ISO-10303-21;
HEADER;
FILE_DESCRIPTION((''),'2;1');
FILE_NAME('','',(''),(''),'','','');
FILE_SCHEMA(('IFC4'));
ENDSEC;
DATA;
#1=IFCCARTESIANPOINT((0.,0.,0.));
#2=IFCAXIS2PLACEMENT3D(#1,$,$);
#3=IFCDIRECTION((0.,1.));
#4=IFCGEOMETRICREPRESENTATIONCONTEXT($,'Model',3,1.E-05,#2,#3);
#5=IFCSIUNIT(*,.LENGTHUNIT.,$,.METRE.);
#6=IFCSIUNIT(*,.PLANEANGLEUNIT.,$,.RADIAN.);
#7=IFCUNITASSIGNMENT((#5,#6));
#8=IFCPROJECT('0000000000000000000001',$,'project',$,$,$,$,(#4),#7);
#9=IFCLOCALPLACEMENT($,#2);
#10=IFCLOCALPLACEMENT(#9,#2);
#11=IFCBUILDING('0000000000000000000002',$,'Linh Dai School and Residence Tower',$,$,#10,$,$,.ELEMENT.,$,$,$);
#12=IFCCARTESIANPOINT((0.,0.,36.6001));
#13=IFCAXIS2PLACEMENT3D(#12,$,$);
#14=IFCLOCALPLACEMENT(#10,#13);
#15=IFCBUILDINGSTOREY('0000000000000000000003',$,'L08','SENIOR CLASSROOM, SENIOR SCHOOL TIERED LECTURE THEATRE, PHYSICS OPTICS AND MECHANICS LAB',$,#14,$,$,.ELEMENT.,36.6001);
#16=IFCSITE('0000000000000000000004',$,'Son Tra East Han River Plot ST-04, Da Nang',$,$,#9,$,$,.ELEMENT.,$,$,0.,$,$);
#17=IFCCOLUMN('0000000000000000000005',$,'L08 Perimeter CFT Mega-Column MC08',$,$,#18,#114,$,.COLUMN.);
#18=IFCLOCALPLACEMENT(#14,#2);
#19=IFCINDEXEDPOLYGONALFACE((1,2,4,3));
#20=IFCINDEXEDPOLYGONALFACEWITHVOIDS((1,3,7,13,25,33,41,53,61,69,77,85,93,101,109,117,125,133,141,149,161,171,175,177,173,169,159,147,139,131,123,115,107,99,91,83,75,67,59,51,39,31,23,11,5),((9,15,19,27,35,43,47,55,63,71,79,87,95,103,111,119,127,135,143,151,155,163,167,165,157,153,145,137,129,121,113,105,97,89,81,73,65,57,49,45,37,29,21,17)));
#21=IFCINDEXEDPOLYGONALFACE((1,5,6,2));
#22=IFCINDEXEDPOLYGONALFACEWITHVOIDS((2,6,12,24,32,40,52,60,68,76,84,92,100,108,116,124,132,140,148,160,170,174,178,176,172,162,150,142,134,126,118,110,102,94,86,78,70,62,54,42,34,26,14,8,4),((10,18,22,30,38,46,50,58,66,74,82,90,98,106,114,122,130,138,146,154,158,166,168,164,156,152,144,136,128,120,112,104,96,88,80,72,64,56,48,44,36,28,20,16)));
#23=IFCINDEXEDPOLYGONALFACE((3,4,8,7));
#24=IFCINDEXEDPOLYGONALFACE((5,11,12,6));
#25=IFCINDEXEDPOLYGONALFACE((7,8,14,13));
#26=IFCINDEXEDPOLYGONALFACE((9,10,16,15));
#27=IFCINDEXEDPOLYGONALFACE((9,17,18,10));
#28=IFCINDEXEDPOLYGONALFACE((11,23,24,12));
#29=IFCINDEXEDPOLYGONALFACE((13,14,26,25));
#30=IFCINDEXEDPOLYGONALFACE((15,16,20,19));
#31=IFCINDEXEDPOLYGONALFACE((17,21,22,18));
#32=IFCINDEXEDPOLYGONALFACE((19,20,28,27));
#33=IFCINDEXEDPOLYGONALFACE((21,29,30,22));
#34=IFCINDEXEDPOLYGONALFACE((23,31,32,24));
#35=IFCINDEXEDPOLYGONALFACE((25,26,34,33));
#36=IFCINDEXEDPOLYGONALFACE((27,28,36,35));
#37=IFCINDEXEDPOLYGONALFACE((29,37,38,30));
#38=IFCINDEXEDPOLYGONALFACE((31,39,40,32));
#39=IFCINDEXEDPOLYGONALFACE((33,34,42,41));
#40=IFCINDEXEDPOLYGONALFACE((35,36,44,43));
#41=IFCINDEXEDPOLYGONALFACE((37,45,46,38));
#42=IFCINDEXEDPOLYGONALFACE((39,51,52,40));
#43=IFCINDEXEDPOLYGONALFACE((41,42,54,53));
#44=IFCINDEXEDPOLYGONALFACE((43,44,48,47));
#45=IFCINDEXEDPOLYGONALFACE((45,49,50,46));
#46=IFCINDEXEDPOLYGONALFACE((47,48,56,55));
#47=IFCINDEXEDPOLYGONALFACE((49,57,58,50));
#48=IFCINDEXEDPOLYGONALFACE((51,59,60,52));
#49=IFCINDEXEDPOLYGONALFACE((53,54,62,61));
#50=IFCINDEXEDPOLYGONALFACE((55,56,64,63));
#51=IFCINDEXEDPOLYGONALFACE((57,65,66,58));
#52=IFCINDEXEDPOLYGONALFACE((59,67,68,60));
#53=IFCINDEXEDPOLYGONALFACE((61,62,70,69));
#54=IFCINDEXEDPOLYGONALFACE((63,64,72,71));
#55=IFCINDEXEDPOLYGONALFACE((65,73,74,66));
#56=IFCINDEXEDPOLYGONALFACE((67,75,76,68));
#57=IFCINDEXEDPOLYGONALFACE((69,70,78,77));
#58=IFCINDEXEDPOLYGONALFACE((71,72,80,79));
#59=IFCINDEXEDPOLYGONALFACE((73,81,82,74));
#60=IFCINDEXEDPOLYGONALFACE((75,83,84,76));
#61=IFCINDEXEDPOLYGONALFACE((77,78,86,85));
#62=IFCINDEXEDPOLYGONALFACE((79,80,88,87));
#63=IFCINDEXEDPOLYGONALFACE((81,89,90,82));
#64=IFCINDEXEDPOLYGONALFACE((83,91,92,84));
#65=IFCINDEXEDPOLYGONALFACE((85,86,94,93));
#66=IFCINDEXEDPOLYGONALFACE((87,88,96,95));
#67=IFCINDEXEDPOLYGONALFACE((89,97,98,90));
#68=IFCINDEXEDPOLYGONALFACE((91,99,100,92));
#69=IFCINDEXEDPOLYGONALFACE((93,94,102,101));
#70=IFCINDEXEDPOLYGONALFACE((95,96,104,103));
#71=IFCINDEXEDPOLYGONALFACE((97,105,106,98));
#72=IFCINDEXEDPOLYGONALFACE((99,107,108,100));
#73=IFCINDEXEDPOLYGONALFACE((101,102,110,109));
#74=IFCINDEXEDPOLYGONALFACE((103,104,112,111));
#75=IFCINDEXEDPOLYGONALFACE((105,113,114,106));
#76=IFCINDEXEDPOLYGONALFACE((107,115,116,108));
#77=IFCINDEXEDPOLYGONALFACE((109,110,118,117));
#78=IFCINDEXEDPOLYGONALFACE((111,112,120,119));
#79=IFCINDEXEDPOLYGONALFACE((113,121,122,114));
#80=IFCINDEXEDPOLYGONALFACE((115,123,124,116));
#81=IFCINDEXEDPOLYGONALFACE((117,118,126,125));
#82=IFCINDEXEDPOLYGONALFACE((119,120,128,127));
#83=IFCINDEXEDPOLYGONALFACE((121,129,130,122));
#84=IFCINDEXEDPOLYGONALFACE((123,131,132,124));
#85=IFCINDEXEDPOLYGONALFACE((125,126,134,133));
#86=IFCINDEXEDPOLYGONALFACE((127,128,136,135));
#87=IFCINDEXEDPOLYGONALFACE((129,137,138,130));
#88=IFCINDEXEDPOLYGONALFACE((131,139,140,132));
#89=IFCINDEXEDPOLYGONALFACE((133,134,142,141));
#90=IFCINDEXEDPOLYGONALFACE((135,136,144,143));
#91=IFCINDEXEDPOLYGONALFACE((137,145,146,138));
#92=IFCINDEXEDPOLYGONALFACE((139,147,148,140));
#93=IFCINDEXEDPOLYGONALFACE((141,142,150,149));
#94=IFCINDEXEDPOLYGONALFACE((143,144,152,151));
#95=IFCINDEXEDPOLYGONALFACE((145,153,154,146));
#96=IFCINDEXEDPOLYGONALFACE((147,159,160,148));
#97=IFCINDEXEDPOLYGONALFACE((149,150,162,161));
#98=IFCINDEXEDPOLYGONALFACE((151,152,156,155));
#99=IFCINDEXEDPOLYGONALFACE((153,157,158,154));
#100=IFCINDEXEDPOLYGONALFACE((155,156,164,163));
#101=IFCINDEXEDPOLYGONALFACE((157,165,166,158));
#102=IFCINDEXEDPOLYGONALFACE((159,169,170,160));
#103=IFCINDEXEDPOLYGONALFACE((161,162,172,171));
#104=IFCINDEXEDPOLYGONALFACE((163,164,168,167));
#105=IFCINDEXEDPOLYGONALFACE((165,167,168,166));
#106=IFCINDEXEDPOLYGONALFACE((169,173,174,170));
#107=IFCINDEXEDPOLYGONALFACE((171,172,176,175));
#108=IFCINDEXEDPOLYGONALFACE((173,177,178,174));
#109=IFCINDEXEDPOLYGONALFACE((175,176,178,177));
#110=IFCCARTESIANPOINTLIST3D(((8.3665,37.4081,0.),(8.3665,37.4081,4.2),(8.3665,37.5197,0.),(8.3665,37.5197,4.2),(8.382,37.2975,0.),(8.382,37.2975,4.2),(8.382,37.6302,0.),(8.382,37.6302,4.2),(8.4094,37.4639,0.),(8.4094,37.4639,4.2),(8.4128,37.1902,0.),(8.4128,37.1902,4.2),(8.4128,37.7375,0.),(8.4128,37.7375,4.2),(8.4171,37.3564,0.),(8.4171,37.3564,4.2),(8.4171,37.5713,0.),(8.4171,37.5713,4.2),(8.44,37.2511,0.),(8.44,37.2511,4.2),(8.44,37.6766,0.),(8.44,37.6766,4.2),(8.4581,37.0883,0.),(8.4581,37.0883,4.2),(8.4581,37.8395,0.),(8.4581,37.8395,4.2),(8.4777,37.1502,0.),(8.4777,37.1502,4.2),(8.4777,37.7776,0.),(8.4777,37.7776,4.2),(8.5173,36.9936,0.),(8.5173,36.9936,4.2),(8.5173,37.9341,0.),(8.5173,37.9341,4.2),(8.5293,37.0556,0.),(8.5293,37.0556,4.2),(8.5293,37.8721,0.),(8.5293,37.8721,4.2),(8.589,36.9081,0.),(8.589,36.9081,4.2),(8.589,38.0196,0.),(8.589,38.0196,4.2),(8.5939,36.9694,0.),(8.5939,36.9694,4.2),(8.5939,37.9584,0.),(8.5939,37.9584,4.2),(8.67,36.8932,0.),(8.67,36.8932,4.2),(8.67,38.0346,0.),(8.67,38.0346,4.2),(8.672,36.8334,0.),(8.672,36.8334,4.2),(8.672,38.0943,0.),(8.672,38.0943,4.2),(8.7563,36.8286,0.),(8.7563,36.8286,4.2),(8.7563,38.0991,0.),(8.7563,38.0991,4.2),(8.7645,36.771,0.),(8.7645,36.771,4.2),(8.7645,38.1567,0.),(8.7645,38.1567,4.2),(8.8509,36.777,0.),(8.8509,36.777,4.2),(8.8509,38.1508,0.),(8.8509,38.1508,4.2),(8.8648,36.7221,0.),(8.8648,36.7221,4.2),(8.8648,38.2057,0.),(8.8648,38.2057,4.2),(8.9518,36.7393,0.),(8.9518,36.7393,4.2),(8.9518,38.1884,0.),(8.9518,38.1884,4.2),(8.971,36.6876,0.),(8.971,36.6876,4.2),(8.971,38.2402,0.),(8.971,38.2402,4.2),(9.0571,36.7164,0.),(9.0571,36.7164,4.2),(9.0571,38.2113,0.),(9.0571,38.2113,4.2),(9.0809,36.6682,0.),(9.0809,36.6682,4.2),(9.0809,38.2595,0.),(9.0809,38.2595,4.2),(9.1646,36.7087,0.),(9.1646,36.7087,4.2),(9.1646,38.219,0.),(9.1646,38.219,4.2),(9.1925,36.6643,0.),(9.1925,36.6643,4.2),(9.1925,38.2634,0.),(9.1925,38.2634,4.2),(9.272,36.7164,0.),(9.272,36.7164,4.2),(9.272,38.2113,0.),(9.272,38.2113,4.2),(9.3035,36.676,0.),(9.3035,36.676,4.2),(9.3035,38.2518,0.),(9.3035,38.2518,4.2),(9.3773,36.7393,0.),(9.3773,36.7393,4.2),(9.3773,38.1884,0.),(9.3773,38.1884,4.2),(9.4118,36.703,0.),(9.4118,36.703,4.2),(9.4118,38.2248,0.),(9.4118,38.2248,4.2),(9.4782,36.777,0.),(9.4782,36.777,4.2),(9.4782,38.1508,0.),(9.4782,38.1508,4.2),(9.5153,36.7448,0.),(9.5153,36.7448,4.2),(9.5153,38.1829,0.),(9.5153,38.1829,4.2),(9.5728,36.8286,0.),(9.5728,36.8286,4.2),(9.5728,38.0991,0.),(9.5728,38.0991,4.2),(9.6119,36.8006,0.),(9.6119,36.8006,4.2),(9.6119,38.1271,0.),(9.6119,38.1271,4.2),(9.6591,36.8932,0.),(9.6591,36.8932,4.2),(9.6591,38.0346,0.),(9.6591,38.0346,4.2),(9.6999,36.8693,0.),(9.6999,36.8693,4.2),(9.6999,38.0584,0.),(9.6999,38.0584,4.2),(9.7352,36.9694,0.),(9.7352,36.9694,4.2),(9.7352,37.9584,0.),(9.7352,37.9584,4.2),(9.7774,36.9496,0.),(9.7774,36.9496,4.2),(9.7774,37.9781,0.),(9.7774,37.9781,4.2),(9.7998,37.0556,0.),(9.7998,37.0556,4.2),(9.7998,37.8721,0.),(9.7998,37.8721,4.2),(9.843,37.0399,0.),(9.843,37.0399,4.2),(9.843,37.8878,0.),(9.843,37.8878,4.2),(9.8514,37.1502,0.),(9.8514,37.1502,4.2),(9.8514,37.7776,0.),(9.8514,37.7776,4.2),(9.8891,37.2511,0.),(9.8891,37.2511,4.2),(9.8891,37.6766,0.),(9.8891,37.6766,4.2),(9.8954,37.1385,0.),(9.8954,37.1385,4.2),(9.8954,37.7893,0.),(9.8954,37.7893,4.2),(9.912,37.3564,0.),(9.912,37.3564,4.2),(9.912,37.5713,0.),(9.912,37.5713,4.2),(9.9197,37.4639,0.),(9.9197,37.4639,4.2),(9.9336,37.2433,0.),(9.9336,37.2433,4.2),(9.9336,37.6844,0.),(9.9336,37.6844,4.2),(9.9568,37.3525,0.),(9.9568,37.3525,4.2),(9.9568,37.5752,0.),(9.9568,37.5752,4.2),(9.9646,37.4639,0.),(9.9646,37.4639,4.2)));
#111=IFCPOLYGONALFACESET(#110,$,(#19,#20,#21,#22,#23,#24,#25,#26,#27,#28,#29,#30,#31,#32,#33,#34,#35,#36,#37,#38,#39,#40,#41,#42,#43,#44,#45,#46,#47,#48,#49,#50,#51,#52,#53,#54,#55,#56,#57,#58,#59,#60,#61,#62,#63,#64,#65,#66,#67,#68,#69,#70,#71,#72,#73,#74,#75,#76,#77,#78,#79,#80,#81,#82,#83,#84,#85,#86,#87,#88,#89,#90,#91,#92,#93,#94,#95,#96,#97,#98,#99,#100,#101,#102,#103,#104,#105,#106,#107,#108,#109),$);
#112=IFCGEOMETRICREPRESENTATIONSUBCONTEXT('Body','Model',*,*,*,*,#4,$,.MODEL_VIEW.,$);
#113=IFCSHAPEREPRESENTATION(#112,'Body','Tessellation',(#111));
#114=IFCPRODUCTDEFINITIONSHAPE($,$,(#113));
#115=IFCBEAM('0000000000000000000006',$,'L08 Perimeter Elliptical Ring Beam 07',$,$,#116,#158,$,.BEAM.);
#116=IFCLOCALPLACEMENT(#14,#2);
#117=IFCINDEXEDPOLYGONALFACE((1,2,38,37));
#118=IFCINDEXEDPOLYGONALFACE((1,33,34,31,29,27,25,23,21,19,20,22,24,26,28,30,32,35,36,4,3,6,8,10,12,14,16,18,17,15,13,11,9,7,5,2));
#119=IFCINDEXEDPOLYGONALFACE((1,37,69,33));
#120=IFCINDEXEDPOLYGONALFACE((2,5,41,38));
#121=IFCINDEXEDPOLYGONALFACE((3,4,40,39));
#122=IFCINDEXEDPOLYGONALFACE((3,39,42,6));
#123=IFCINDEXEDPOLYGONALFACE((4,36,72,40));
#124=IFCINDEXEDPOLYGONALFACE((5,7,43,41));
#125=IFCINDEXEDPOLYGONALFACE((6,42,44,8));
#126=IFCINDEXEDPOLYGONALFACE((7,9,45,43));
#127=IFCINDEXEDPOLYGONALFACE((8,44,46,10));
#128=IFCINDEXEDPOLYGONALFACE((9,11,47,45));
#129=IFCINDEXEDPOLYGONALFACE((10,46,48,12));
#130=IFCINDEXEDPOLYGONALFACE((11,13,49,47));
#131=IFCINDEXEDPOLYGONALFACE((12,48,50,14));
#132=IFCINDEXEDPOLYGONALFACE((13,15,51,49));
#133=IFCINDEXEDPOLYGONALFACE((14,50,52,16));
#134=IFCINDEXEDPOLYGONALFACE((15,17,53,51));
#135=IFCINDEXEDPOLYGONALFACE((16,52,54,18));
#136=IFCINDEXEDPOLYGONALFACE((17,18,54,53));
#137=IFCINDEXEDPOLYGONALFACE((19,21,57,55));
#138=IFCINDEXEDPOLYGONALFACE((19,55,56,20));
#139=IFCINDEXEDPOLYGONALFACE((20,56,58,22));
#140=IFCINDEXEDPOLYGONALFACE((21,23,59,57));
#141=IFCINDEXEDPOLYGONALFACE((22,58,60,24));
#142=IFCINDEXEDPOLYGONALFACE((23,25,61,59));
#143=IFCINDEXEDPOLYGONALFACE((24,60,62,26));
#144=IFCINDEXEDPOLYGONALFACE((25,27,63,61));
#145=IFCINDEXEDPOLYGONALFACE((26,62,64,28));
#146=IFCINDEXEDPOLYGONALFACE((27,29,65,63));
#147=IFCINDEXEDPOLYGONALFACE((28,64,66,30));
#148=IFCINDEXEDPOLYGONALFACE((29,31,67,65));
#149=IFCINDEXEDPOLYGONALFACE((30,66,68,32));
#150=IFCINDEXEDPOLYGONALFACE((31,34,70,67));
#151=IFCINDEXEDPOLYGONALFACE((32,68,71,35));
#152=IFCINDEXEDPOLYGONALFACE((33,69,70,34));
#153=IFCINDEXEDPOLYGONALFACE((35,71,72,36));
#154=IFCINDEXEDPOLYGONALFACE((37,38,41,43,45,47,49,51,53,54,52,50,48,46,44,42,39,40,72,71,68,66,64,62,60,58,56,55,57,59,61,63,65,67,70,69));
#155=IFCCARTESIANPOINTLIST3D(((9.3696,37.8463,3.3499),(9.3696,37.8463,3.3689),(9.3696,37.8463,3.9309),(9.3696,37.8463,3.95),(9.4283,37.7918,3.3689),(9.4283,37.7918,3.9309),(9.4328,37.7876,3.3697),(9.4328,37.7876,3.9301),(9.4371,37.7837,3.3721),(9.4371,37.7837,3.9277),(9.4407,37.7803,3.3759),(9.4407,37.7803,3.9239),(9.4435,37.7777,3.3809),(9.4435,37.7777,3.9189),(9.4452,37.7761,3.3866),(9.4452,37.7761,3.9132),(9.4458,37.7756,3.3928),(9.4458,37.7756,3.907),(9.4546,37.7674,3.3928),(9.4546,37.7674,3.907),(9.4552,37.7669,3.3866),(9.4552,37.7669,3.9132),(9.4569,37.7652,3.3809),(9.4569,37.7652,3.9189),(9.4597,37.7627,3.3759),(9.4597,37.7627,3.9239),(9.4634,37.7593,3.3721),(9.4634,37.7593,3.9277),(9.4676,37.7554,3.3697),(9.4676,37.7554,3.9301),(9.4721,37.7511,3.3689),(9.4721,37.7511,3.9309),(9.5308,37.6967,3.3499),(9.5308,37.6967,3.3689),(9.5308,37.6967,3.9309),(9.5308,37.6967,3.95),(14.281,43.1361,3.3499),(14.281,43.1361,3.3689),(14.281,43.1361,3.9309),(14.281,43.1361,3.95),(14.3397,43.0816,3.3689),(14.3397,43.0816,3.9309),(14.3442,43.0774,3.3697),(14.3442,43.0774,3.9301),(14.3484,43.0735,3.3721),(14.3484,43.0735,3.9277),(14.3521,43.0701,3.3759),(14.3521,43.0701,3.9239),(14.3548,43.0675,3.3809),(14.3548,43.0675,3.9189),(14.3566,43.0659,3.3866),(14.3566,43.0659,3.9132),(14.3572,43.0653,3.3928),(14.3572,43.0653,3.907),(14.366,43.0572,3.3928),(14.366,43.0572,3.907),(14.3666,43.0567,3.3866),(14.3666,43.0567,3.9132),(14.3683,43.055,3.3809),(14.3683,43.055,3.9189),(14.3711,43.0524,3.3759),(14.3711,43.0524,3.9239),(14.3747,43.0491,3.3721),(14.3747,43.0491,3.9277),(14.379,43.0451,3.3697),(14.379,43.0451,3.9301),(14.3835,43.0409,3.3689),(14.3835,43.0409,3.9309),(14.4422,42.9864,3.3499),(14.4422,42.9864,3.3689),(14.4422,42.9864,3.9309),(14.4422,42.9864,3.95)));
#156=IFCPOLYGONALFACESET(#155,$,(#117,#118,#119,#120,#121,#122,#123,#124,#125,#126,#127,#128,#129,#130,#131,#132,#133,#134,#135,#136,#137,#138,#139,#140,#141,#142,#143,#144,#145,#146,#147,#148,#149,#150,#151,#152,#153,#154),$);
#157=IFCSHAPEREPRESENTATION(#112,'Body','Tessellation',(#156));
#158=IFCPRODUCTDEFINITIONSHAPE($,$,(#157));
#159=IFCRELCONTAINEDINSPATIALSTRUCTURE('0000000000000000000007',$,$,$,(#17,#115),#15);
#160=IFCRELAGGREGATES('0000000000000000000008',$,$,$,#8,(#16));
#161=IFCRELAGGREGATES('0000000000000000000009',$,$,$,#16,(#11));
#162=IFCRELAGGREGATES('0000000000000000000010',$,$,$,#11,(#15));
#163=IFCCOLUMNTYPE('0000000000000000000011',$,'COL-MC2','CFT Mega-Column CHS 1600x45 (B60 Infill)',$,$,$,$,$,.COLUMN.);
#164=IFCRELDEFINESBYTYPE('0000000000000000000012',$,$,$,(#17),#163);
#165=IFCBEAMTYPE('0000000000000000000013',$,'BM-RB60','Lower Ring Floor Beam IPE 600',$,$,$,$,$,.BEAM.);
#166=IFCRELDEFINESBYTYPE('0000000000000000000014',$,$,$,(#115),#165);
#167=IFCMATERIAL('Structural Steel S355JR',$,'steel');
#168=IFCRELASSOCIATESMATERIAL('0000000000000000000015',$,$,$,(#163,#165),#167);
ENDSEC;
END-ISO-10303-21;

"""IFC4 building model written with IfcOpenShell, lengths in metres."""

from ifc_helpers import new_model, si_unit, direction, frame, origin, origin_2d, place, context, subcontext, project, spatial, hollow_circle, i_section, extrude, material, material_profile, profile_set, type_object, element, save


model = new_model("IFC4")

# Units and contexts
model_context = context("Model", 3, precision=1e-05, world=origin(), true_north=direction((0.0, 1.0)))
body_context = subcontext(model_context, "Body", "Model", "MODEL_VIEW")
ifc_project = project(units=[si_unit("LENGTHUNIT", "METRE"), si_unit("PLANEANGLEUNIT", "RADIAN")], contexts=[model_context])

# Site, building, storey
site_placement = place(None, origin())
site = spatial("IfcSite", under=ifc_project, at=site_placement, Name="Son Tra East Han River Plot ST-04, Da Nang", CompositionType="ELEMENT", RefElevation=0.0)
building_placement = place(site_placement, origin())
building = spatial("IfcBuilding", under=site, at=building_placement, Name="Linh Dai School and Residence Tower", CompositionType="ELEMENT")
storey_placement = place(building_placement, frame((0.0, 0.0, 36.6001)))
storey = spatial("IfcBuildingStorey", under=building, at=storey_placement, Name="L08", Description="SENIOR CLASSROOM, SENIOR SCHOOL TIERED LECTURE THEATRE, PHYSICS OPTICS AND MECHANICS LAB", CompositionType="ELEMENT", Elevation=36.6001)

# Column
ifc_material_1 = material(Name="Structural Steel S355JR", Category="steel")
ifc_material_profile_1 = material_profile(ifc_material_1, hollow_circle(Radius=0.8, WallThickness=0.0449, at=origin_2d()), Name="CHS 1600x45")
ifc_profile_set_1 = profile_set([ifc_material_profile_1], Name="Structural Steel S355JR")
column_type = type_object("IfcColumnType", Name="COL-MC2", Description="CFT Mega-Column CHS 1600x45 (B60 Infill)", PredefinedType="COLUMN", material=ifc_profile_set_1)
for number, where, z_axis, x_axis, name in (
    (1, (9.1646, 37.4639, 0.0), (0.0, 0.0, 1.0), (1.0, 0.0, 0.0), "L08 Perimeter CFT Mega-Column MC08"),
):
    element("IfcColumn", number, at=place(storey_placement, frame(where, z_axis=z_axis, x_axis=x_axis)), inside=storey, type_object=column_type, Name=name, PredefinedType="COLUMN", context=body_context, shape_type="SweptSolid", body=[
        extrude(hollow_circle(Radius=0.8, WallThickness=0.0449, at=origin_2d()), origin(), (0.0, 0.0, 1.0), 4.2),
    ])

# Beam
ifc_material_profile_2 = material_profile(ifc_material_1, i_section(OverallWidth=0.22, OverallDepth=0.6001, WebThickness=0.012, FlangeThickness=0.019, FilletRadius=0.0239, at=origin_2d()), Name="IPE 600")
ifc_profile_set_2 = profile_set([ifc_material_profile_2], Name="Structural Steel S355JR")
beam_type_1 = type_object("IfcBeamType", Name="BM-RB60", Description="Lower Ring Floor Beam IPE 600", PredefinedType="BEAM", material=ifc_profile_set_2)
beam_1_placement = place(storey_placement, frame((14.3616, 43.0613, 3.6499), z_axis=(-0.680408, -0.732833, 0.0), x_axis=(0.732833, -0.680408, 0.0)))
element("IfcBeam", 2, at=beam_1_placement, inside=storey, type_object=beam_type_1, Name="L08 Perimeter Elliptical Ring Beam 07", PredefinedType="BEAM", context=body_context, shape_type="SweptSolid", body=[
    extrude(i_section(OverallWidth=0.22, OverallDepth=0.6001, WebThickness=0.012, FlangeThickness=0.019, FilletRadius=0.0239, at=origin_2d()), origin(), (0.0, 0.0, 1.0), 7.2183),
])

save(model, "model.ifc")
